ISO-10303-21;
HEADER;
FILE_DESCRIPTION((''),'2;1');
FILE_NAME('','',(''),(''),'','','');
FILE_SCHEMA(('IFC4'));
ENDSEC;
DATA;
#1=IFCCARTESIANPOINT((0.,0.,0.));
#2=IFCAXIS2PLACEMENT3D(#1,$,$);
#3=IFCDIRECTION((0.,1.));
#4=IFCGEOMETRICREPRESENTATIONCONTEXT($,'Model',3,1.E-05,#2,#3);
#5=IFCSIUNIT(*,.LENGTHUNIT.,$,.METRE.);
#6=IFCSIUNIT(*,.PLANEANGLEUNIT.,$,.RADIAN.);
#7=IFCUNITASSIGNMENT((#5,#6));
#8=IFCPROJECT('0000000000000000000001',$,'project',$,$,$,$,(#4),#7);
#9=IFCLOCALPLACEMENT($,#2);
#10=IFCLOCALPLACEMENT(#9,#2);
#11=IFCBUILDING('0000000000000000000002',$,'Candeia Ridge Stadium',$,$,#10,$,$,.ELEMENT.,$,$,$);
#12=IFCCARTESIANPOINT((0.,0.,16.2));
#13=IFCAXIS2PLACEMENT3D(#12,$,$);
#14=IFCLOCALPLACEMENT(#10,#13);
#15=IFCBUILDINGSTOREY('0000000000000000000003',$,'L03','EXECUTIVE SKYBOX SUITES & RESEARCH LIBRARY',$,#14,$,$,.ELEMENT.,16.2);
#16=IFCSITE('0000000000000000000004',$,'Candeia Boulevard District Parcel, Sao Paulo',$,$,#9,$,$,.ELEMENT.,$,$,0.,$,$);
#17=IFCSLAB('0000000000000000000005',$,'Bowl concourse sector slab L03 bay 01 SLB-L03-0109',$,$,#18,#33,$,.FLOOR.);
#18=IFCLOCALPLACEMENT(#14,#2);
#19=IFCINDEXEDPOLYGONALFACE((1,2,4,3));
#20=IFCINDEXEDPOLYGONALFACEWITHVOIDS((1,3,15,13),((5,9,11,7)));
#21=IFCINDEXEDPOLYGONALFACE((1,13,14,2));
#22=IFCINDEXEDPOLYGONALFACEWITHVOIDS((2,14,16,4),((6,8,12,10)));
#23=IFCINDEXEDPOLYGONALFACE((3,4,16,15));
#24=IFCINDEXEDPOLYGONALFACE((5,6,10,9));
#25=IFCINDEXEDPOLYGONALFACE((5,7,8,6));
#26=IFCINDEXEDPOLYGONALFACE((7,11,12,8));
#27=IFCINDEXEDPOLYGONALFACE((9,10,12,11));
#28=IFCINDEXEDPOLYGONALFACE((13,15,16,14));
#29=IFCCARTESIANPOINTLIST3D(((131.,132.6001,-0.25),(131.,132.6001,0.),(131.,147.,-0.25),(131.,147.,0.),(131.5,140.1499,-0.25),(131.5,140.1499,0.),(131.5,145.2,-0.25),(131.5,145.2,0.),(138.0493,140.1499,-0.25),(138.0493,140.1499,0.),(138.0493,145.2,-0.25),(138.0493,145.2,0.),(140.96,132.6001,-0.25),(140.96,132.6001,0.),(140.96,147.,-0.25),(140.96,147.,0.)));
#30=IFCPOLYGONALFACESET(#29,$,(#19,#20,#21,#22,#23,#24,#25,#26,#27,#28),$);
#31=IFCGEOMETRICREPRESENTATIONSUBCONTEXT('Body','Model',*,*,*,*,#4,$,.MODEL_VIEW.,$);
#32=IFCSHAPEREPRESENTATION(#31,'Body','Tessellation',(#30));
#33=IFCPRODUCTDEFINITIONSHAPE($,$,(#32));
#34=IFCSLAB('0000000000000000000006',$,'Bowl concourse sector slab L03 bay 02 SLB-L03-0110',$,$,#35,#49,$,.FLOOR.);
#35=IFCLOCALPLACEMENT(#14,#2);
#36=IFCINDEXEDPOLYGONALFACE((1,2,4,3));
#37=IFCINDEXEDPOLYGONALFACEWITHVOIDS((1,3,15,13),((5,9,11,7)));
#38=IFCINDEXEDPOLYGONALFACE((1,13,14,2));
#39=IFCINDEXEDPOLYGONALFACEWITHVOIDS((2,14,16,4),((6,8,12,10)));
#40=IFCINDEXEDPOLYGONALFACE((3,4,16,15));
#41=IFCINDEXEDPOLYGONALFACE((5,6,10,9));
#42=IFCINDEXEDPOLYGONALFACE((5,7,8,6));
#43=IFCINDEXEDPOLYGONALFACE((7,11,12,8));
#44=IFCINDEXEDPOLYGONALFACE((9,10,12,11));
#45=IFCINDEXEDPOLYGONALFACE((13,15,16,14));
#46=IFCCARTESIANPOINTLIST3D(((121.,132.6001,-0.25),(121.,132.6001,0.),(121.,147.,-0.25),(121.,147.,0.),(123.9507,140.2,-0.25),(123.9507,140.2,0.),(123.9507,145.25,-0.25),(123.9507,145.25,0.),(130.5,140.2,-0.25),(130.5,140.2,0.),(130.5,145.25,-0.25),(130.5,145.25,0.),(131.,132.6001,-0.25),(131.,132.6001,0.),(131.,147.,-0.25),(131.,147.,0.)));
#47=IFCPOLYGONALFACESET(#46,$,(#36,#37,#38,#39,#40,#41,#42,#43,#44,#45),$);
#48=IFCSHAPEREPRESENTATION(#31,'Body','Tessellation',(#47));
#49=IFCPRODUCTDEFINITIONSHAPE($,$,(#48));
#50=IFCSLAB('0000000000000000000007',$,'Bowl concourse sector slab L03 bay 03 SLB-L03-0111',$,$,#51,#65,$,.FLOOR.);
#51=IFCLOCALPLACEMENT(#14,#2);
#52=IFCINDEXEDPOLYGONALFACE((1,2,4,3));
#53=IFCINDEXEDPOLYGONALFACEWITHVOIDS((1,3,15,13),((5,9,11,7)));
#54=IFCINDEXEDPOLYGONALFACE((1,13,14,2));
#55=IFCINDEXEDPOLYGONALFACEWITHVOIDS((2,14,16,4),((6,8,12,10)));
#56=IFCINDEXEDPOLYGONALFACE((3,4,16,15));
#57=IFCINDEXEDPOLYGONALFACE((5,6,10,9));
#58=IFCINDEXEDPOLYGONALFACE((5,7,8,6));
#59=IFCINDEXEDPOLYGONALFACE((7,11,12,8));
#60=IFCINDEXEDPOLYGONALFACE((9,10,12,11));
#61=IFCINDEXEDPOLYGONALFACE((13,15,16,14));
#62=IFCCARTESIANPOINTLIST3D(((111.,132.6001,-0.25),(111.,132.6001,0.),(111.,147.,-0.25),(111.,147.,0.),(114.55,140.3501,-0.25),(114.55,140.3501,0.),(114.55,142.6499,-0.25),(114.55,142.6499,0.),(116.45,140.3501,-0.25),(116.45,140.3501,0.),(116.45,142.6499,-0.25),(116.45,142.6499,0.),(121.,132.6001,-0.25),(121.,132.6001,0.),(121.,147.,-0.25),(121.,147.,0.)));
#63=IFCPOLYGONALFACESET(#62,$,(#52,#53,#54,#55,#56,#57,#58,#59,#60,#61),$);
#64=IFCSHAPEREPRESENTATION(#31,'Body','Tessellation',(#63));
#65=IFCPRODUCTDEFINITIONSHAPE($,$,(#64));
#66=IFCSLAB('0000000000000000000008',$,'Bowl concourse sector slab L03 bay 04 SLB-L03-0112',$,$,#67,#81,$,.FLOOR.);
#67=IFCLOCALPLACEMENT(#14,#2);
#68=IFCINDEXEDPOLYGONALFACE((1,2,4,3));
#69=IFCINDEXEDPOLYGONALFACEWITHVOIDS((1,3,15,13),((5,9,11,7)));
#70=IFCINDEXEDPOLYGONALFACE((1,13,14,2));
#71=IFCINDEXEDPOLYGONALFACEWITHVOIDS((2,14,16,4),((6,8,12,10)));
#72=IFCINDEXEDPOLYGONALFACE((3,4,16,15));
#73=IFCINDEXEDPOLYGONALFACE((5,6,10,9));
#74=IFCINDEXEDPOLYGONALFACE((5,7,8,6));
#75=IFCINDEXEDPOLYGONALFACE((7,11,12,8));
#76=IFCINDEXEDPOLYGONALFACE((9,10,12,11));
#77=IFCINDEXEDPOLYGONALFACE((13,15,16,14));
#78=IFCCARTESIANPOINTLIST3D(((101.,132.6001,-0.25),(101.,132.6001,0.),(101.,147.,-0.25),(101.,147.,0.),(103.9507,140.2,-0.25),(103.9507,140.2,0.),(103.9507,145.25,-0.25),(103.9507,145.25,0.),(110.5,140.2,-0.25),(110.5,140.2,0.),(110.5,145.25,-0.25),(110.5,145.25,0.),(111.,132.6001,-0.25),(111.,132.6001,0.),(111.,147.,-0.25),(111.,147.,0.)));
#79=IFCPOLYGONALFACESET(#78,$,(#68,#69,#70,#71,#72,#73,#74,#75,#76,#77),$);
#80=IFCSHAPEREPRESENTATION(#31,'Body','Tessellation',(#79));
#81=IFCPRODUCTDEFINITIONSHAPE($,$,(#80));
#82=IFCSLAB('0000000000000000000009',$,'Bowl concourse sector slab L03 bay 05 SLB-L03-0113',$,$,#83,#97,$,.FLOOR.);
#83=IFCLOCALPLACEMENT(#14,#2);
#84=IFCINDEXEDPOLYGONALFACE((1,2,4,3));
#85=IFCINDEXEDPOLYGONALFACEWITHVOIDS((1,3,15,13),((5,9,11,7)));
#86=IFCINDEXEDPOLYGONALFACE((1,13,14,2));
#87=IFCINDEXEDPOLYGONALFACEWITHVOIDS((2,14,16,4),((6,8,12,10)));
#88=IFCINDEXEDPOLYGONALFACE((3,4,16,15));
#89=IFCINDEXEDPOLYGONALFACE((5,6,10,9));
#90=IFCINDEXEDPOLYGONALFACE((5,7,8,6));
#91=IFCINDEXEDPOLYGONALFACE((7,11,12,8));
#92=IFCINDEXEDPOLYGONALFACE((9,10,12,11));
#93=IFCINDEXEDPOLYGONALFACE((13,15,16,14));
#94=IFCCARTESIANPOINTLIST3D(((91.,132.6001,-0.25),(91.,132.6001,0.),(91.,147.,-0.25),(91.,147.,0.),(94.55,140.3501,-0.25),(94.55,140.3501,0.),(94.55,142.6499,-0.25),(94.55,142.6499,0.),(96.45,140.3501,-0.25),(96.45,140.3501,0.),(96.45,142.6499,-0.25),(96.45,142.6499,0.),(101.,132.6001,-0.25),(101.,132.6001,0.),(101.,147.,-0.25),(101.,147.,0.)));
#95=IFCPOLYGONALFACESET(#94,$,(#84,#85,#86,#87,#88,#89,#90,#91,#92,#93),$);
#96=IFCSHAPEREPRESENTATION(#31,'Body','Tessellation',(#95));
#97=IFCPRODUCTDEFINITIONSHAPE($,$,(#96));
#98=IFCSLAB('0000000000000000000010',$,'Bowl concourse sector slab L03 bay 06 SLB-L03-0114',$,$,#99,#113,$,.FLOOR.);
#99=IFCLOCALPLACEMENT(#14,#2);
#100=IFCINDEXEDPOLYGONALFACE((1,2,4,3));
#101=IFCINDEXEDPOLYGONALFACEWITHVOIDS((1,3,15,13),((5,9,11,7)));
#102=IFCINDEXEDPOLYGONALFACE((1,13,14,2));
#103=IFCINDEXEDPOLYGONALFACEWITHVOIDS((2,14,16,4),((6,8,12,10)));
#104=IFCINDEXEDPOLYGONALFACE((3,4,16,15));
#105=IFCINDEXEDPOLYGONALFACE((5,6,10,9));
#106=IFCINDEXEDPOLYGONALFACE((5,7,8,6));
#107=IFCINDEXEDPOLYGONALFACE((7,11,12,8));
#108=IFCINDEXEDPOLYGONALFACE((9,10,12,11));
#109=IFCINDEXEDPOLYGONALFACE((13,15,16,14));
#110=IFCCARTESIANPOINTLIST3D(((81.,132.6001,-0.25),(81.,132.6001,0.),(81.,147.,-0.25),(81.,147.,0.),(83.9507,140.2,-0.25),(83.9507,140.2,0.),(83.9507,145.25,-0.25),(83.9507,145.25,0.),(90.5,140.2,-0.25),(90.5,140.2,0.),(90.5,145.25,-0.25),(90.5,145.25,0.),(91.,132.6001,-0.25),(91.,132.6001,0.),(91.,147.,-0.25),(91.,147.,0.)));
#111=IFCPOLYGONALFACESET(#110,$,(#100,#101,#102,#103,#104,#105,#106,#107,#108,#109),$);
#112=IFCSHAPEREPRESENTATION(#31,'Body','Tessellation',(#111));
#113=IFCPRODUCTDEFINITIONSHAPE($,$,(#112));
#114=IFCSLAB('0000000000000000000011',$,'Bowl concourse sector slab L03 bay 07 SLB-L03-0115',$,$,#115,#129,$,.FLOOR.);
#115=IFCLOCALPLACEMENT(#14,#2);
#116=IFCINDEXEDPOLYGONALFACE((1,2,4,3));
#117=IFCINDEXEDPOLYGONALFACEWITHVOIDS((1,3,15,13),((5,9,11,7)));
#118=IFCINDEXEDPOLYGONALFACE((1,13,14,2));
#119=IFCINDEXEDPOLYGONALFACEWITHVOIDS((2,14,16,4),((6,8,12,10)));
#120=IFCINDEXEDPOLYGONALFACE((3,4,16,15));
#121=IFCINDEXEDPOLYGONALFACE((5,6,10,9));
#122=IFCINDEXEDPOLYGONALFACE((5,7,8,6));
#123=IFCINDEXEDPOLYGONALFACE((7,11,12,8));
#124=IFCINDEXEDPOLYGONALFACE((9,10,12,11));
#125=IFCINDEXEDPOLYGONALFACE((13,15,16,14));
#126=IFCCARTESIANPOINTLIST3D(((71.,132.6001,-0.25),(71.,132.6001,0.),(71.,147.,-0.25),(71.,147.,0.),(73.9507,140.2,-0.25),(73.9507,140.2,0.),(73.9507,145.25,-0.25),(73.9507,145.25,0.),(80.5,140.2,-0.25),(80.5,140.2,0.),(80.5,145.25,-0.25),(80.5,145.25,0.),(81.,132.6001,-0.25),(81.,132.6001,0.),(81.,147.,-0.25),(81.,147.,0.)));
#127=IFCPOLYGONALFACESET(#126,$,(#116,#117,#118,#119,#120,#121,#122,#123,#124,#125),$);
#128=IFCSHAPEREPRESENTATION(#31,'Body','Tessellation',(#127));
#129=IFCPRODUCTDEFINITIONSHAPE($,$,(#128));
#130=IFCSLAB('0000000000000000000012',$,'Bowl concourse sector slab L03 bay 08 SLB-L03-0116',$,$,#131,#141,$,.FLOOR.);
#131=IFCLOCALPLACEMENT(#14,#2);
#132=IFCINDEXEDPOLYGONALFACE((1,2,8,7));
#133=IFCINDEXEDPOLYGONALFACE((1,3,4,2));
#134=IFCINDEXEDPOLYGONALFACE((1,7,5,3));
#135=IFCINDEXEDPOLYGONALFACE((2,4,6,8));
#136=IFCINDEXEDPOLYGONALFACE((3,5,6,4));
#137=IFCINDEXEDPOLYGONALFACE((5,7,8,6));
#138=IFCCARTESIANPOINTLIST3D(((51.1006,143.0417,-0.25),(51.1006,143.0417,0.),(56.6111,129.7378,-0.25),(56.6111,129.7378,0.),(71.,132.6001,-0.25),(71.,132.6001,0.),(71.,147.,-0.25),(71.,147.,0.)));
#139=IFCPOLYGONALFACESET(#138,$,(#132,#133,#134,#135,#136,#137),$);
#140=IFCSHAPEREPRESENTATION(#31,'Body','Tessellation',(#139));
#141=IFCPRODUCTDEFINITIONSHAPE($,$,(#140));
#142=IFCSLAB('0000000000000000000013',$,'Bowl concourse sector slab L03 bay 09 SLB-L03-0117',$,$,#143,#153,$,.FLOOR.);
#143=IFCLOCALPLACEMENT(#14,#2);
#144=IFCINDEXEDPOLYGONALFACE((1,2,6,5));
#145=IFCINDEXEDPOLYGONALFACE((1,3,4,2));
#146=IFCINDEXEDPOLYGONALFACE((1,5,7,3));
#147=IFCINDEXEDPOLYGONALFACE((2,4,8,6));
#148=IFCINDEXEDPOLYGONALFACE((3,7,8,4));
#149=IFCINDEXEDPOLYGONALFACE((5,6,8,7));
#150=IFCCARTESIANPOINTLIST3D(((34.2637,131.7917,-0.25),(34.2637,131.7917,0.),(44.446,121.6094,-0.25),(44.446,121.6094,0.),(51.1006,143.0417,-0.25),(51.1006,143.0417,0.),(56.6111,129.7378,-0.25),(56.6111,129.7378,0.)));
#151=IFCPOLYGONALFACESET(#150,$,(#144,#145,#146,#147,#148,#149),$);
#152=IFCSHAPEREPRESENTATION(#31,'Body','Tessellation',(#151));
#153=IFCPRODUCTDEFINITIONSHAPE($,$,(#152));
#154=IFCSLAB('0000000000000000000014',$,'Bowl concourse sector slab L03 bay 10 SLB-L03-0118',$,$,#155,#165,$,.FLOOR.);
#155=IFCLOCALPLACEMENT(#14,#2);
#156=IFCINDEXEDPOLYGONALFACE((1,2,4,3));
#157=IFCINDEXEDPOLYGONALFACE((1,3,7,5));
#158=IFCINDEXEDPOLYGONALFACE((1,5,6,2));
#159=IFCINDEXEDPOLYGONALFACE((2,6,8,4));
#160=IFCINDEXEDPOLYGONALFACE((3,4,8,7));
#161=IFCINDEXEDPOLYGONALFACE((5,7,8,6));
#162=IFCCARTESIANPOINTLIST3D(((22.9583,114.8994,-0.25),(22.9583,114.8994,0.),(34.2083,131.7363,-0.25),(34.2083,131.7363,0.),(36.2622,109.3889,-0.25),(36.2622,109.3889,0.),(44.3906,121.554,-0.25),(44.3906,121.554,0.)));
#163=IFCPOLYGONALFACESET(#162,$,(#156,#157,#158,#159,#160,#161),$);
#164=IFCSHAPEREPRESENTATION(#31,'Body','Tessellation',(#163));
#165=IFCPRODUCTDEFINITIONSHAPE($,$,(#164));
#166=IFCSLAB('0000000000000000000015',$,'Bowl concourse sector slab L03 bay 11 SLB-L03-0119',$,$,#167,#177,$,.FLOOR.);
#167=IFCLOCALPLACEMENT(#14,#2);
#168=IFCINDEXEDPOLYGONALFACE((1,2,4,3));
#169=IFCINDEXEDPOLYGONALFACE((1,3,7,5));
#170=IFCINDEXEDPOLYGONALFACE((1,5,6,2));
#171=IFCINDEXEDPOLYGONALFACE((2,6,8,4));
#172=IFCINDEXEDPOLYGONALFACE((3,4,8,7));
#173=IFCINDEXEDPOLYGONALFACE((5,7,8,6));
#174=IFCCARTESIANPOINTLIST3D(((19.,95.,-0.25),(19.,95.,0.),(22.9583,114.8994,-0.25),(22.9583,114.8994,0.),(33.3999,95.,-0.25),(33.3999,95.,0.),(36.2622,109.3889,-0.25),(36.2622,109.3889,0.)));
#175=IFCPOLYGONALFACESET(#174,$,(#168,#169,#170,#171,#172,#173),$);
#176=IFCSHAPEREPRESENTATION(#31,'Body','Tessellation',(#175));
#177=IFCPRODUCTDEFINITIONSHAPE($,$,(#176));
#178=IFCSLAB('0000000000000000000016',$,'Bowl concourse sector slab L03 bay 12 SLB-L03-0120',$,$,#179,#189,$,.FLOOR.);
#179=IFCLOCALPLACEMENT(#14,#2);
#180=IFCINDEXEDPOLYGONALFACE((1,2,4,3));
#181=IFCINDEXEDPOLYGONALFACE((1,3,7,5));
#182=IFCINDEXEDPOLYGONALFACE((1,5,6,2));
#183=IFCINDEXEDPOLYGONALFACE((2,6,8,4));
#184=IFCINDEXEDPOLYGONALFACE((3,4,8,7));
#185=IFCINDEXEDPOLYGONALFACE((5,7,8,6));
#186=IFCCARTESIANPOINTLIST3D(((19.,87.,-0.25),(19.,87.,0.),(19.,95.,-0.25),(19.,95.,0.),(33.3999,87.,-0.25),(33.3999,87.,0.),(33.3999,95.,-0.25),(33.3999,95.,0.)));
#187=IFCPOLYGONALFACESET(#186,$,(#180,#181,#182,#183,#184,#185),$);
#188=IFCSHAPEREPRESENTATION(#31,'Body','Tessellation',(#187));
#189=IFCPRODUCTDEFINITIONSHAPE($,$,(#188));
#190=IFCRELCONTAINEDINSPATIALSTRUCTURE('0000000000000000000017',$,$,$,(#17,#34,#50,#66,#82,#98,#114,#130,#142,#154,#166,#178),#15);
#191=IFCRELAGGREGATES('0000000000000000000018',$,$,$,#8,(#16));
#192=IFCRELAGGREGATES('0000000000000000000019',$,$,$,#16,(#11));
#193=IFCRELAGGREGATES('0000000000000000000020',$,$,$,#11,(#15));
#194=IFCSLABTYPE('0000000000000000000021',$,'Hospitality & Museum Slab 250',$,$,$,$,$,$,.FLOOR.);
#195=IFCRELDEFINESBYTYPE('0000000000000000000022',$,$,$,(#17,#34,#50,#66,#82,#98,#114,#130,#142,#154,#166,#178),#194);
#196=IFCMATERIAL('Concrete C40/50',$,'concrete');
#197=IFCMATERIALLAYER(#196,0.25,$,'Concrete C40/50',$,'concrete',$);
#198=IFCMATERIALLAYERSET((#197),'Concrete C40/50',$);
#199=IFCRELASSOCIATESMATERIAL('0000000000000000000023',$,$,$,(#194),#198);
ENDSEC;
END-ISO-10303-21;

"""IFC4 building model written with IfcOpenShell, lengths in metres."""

from ifc_helpers import new_model, si_unit, direction, frame, origin, place, context, subcontext, project, spatial, polyline, outline, extrude, material, layer, layer_set, type_object, element, save


model = new_model("IFC4")

# Units and contexts
model_context = context("Model", 3, precision=1e-05, world=origin(), true_north=direction((0.0, 1.0)))
body_context = subcontext(model_context, "Body", "Model", "MODEL_VIEW")
ifc_project = project(units=[si_unit("LENGTHUNIT", "METRE"), si_unit("PLANEANGLEUNIT", "RADIAN")], contexts=[model_context])

# Site, building, storey
site_placement = place(None, origin())
site = spatial("IfcSite", under=ifc_project, at=site_placement, Name="Candeia Boulevard District Parcel, Sao Paulo", CompositionType="ELEMENT", RefElevation=0.0)
building_placement = place(site_placement, origin())
building = spatial("IfcBuilding", under=site, at=building_placement, Name="Candeia Ridge Stadium", CompositionType="ELEMENT")
storey_placement = place(building_placement, frame((0.0, 0.0, 16.2)))
storey = spatial("IfcBuildingStorey", under=building, at=storey_placement, Name="L03", Description="EXECUTIVE SKYBOX SUITES & RESEARCH LIBRARY", CompositionType="ELEMENT", Elevation=16.2)

# Slabs
ifc_material_1 = material(Name="Concrete C40/50", Category="concrete")
ifc_layer_1 = layer(ifc_material_1, 0.25, Name="Concrete C40/50", Category="concrete")
ifc_layer_set_1 = layer_set([ifc_layer_1], Name="Concrete C40/50")
slab_type_1 = type_object("IfcSlabType", Name="Hospitality & Museum Slab 250", PredefinedType="FLOOR", material=ifc_layer_set_1)
slab_1_placement = place(storey_placement, frame((0.0, 0.0, -0.25)))
element("IfcSlab", 1, at=slab_1_placement, inside=storey, type_object=slab_type_1, Name="Bowl concourse sector slab L03 bay 01 SLB-L03-0109", PredefinedType="FLOOR", context=body_context, shape_type="SweptSolid", body=[
    extrude(outline(polyline([(131.0, 132.6001), (131.0, 147.0), (140.96, 147.0), (140.96, 132.6001), (131.0, 132.6001)]), holes=[polyline([(138.0493, 145.2), (131.5, 145.2), (131.5, 140.1499), (138.0493, 140.1499), (138.0493, 145.2)])]), origin(), (0.0, 0.0, 1.0), 0.25),
])
slab_2_placement = place(storey_placement, frame((0.0, 0.0, -0.25)))
element("IfcSlab", 2, at=slab_2_placement, inside=storey, type_object=slab_type_1, Name="Bowl concourse sector slab L03 bay 02 SLB-L03-0110", PredefinedType="FLOOR", context=body_context, shape_type="SweptSolid", body=[
    extrude(outline(polyline([(121.0, 132.6001), (121.0, 147.0), (131.0, 147.0), (131.0, 132.6001), (121.0, 132.6001)]), holes=[polyline([(123.9507, 140.2), (130.5, 140.2), (130.5, 145.25), (123.9507, 145.25), (123.9507, 140.2)])]), origin(), (0.0, 0.0, 1.0), 0.25),
])
slab_3_placement = place(storey_placement, frame((0.0, 0.0, -0.25)))
element("IfcSlab", 3, at=slab_3_placement, inside=storey, type_object=slab_type_1, Name="Bowl concourse sector slab L03 bay 03 SLB-L03-0111", PredefinedType="FLOOR", context=body_context, shape_type="SweptSolid", body=[
    extrude(outline(polyline([(111.0, 132.6001), (111.0, 147.0), (121.0, 147.0), (121.0, 132.6001), (111.0, 132.6001)]), holes=[polyline([(116.45, 140.3501), (116.45, 142.6499), (114.55, 142.6499), (114.55, 140.3501), (116.45, 140.3501)])]), origin(), (0.0, 0.0, 1.0), 0.25),
])
slab_4_placement = place(storey_placement, frame((0.0, 0.0, -0.25)))
element("IfcSlab", 4, at=slab_4_placement, inside=storey, type_object=slab_type_1, Name="Bowl concourse sector slab L03 bay 04 SLB-L03-0112", PredefinedType="FLOOR", context=body_context, shape_type="SweptSolid", body=[
    extrude(outline(polyline([(101.0, 132.6001), (101.0, 147.0), (111.0, 147.0), (111.0, 132.6001), (101.0, 132.6001)]), holes=[polyline([(103.9507, 140.2), (110.5, 140.2), (110.5, 145.25), (103.9507, 145.25), (103.9507, 140.2)])]), origin(), (0.0, 0.0, 1.0), 0.25),
])
slab_5_placement = place(storey_placement, frame((0.0, 0.0, -0.25)))
element("IfcSlab", 5, at=slab_5_placement, inside=storey, type_object=slab_type_1, Name="Bowl concourse sector slab L03 bay 05 SLB-L03-0113", PredefinedType="FLOOR", context=body_context, shape_type="SweptSolid", body=[
    extrude(outline(polyline([(91.0, 132.6001), (91.0, 147.0), (101.0, 147.0), (101.0, 132.6001), (91.0, 132.6001)]), holes=[polyline([(96.45, 140.3501), (96.45, 142.6499), (94.55, 142.6499), (94.55, 140.3501), (96.45, 140.3501)])]), origin(), (0.0, 0.0, 1.0), 0.25),
])
slab_6_placement = place(storey_placement, frame((0.0, 0.0, -0.25)))
element("IfcSlab", 6, at=slab_6_placement, inside=storey, type_object=slab_type_1, Name="Bowl concourse sector slab L03 bay 06 SLB-L03-0114", PredefinedType="FLOOR", context=body_context, shape_type="SweptSolid", body=[
    extrude(outline(polyline([(81.0, 132.6001), (81.0, 147.0), (91.0, 147.0), (91.0, 132.6001), (81.0, 132.6001)]), holes=[polyline([(83.9507, 140.2), (90.5, 140.2), (90.5, 145.25), (83.9507, 145.25), (83.9507, 140.2)])]), origin(), (0.0, 0.0, 1.0), 0.25),
])
slab_7_placement = place(storey_placement, frame((0.0, 0.0, -0.25)))
element("IfcSlab", 7, at=slab_7_placement, inside=storey, type_object=slab_type_1, Name="Bowl concourse sector slab L03 bay 07 SLB-L03-0115", PredefinedType="FLOOR", context=body_context, shape_type="SweptSolid", body=[
    extrude(outline(polyline([(71.0, 132.6001), (71.0, 147.0), (81.0, 147.0), (81.0, 132.6001), (71.0, 132.6001)]), holes=[polyline([(73.9507, 140.2), (80.5, 140.2), (80.5, 145.25), (73.9507, 145.25), (73.9507, 140.2)])]), origin(), (0.0, 0.0, 1.0), 0.25),
])
slab_8_placement = place(storey_placement, frame((0.0, 0.0, -0.25)))
element("IfcSlab", 8, at=slab_8_placement, inside=storey, type_object=slab_type_1, Name="Bowl concourse sector slab L03 bay 08 SLB-L03-0116", PredefinedType="FLOOR", context=body_context, shape_type="SweptSolid", body=[
    extrude(outline(polyline([(56.6111, 129.7378), (51.1006, 143.0417), (71.0, 147.0), (71.0, 132.6001), (56.6111, 129.7378)])), origin(), (0.0, 0.0, 1.0), 0.25),
])
slab_9_placement = place(storey_placement, frame((0.0, 0.0, -0.25)))
element("IfcSlab", 9, at=slab_9_placement, inside=storey, type_object=slab_type_1, Name="Bowl concourse sector slab L03 bay 09 SLB-L03-0117", PredefinedType="FLOOR", context=body_context, shape_type="SweptSolid", body=[
    extrude(outline(polyline([(44.446, 121.6094), (34.2637, 131.7917), (51.1006, 143.0417), (56.6111, 129.7378), (44.446, 121.6094)])), origin(), (0.0, 0.0, 1.0), 0.25),
])
slab_10_placement = place(storey_placement, frame((0.0, 0.0, -0.25)))
element("IfcSlab", 10, at=slab_10_placement, inside=storey, type_object=slab_type_1, Name="Bowl concourse sector slab L03 bay 10 SLB-L03-0118", PredefinedType="FLOOR", context=body_context, shape_type="SweptSolid", body=[
    extrude(outline(polyline([(36.2622, 109.3889), (22.9583, 114.8994), (34.2083, 131.7363), (44.3906, 121.554), (36.2622, 109.3889)])), origin(), (0.0, 0.0, 1.0), 0.25),
])
slab_11_placement = place(storey_placement, frame((0.0, 0.0, -0.25)))
element("IfcSlab", 11, at=slab_11_placement, inside=storey, type_object=slab_type_1, Name="Bowl concourse sector slab L03 bay 11 SLB-L03-0119", PredefinedType="FLOOR", context=body_context, shape_type="SweptSolid", body=[
    extrude(outline(polyline([(33.3999, 95.0), (19.0, 95.0), (22.9583, 114.8994), (36.2622, 109.3889), (33.3999, 95.0)])), origin(), (0.0, 0.0, 1.0), 0.25),
])
slab_12_placement = place(storey_placement, frame((0.0, 0.0, -0.25)))
element("IfcSlab", 12, at=slab_12_placement, inside=storey, type_object=slab_type_1, Name="Bowl concourse sector slab L03 bay 12 SLB-L03-0120", PredefinedType="FLOOR", context=body_context, shape_type="SweptSolid", body=[
    extrude(outline(polyline([(33.3999, 87.0), (19.0, 87.0), (19.0, 95.0), (33.3999, 95.0), (33.3999, 87.0)])), origin(), (0.0, 0.0, 1.0), 0.25),
])

save(model, "model.ifc")
